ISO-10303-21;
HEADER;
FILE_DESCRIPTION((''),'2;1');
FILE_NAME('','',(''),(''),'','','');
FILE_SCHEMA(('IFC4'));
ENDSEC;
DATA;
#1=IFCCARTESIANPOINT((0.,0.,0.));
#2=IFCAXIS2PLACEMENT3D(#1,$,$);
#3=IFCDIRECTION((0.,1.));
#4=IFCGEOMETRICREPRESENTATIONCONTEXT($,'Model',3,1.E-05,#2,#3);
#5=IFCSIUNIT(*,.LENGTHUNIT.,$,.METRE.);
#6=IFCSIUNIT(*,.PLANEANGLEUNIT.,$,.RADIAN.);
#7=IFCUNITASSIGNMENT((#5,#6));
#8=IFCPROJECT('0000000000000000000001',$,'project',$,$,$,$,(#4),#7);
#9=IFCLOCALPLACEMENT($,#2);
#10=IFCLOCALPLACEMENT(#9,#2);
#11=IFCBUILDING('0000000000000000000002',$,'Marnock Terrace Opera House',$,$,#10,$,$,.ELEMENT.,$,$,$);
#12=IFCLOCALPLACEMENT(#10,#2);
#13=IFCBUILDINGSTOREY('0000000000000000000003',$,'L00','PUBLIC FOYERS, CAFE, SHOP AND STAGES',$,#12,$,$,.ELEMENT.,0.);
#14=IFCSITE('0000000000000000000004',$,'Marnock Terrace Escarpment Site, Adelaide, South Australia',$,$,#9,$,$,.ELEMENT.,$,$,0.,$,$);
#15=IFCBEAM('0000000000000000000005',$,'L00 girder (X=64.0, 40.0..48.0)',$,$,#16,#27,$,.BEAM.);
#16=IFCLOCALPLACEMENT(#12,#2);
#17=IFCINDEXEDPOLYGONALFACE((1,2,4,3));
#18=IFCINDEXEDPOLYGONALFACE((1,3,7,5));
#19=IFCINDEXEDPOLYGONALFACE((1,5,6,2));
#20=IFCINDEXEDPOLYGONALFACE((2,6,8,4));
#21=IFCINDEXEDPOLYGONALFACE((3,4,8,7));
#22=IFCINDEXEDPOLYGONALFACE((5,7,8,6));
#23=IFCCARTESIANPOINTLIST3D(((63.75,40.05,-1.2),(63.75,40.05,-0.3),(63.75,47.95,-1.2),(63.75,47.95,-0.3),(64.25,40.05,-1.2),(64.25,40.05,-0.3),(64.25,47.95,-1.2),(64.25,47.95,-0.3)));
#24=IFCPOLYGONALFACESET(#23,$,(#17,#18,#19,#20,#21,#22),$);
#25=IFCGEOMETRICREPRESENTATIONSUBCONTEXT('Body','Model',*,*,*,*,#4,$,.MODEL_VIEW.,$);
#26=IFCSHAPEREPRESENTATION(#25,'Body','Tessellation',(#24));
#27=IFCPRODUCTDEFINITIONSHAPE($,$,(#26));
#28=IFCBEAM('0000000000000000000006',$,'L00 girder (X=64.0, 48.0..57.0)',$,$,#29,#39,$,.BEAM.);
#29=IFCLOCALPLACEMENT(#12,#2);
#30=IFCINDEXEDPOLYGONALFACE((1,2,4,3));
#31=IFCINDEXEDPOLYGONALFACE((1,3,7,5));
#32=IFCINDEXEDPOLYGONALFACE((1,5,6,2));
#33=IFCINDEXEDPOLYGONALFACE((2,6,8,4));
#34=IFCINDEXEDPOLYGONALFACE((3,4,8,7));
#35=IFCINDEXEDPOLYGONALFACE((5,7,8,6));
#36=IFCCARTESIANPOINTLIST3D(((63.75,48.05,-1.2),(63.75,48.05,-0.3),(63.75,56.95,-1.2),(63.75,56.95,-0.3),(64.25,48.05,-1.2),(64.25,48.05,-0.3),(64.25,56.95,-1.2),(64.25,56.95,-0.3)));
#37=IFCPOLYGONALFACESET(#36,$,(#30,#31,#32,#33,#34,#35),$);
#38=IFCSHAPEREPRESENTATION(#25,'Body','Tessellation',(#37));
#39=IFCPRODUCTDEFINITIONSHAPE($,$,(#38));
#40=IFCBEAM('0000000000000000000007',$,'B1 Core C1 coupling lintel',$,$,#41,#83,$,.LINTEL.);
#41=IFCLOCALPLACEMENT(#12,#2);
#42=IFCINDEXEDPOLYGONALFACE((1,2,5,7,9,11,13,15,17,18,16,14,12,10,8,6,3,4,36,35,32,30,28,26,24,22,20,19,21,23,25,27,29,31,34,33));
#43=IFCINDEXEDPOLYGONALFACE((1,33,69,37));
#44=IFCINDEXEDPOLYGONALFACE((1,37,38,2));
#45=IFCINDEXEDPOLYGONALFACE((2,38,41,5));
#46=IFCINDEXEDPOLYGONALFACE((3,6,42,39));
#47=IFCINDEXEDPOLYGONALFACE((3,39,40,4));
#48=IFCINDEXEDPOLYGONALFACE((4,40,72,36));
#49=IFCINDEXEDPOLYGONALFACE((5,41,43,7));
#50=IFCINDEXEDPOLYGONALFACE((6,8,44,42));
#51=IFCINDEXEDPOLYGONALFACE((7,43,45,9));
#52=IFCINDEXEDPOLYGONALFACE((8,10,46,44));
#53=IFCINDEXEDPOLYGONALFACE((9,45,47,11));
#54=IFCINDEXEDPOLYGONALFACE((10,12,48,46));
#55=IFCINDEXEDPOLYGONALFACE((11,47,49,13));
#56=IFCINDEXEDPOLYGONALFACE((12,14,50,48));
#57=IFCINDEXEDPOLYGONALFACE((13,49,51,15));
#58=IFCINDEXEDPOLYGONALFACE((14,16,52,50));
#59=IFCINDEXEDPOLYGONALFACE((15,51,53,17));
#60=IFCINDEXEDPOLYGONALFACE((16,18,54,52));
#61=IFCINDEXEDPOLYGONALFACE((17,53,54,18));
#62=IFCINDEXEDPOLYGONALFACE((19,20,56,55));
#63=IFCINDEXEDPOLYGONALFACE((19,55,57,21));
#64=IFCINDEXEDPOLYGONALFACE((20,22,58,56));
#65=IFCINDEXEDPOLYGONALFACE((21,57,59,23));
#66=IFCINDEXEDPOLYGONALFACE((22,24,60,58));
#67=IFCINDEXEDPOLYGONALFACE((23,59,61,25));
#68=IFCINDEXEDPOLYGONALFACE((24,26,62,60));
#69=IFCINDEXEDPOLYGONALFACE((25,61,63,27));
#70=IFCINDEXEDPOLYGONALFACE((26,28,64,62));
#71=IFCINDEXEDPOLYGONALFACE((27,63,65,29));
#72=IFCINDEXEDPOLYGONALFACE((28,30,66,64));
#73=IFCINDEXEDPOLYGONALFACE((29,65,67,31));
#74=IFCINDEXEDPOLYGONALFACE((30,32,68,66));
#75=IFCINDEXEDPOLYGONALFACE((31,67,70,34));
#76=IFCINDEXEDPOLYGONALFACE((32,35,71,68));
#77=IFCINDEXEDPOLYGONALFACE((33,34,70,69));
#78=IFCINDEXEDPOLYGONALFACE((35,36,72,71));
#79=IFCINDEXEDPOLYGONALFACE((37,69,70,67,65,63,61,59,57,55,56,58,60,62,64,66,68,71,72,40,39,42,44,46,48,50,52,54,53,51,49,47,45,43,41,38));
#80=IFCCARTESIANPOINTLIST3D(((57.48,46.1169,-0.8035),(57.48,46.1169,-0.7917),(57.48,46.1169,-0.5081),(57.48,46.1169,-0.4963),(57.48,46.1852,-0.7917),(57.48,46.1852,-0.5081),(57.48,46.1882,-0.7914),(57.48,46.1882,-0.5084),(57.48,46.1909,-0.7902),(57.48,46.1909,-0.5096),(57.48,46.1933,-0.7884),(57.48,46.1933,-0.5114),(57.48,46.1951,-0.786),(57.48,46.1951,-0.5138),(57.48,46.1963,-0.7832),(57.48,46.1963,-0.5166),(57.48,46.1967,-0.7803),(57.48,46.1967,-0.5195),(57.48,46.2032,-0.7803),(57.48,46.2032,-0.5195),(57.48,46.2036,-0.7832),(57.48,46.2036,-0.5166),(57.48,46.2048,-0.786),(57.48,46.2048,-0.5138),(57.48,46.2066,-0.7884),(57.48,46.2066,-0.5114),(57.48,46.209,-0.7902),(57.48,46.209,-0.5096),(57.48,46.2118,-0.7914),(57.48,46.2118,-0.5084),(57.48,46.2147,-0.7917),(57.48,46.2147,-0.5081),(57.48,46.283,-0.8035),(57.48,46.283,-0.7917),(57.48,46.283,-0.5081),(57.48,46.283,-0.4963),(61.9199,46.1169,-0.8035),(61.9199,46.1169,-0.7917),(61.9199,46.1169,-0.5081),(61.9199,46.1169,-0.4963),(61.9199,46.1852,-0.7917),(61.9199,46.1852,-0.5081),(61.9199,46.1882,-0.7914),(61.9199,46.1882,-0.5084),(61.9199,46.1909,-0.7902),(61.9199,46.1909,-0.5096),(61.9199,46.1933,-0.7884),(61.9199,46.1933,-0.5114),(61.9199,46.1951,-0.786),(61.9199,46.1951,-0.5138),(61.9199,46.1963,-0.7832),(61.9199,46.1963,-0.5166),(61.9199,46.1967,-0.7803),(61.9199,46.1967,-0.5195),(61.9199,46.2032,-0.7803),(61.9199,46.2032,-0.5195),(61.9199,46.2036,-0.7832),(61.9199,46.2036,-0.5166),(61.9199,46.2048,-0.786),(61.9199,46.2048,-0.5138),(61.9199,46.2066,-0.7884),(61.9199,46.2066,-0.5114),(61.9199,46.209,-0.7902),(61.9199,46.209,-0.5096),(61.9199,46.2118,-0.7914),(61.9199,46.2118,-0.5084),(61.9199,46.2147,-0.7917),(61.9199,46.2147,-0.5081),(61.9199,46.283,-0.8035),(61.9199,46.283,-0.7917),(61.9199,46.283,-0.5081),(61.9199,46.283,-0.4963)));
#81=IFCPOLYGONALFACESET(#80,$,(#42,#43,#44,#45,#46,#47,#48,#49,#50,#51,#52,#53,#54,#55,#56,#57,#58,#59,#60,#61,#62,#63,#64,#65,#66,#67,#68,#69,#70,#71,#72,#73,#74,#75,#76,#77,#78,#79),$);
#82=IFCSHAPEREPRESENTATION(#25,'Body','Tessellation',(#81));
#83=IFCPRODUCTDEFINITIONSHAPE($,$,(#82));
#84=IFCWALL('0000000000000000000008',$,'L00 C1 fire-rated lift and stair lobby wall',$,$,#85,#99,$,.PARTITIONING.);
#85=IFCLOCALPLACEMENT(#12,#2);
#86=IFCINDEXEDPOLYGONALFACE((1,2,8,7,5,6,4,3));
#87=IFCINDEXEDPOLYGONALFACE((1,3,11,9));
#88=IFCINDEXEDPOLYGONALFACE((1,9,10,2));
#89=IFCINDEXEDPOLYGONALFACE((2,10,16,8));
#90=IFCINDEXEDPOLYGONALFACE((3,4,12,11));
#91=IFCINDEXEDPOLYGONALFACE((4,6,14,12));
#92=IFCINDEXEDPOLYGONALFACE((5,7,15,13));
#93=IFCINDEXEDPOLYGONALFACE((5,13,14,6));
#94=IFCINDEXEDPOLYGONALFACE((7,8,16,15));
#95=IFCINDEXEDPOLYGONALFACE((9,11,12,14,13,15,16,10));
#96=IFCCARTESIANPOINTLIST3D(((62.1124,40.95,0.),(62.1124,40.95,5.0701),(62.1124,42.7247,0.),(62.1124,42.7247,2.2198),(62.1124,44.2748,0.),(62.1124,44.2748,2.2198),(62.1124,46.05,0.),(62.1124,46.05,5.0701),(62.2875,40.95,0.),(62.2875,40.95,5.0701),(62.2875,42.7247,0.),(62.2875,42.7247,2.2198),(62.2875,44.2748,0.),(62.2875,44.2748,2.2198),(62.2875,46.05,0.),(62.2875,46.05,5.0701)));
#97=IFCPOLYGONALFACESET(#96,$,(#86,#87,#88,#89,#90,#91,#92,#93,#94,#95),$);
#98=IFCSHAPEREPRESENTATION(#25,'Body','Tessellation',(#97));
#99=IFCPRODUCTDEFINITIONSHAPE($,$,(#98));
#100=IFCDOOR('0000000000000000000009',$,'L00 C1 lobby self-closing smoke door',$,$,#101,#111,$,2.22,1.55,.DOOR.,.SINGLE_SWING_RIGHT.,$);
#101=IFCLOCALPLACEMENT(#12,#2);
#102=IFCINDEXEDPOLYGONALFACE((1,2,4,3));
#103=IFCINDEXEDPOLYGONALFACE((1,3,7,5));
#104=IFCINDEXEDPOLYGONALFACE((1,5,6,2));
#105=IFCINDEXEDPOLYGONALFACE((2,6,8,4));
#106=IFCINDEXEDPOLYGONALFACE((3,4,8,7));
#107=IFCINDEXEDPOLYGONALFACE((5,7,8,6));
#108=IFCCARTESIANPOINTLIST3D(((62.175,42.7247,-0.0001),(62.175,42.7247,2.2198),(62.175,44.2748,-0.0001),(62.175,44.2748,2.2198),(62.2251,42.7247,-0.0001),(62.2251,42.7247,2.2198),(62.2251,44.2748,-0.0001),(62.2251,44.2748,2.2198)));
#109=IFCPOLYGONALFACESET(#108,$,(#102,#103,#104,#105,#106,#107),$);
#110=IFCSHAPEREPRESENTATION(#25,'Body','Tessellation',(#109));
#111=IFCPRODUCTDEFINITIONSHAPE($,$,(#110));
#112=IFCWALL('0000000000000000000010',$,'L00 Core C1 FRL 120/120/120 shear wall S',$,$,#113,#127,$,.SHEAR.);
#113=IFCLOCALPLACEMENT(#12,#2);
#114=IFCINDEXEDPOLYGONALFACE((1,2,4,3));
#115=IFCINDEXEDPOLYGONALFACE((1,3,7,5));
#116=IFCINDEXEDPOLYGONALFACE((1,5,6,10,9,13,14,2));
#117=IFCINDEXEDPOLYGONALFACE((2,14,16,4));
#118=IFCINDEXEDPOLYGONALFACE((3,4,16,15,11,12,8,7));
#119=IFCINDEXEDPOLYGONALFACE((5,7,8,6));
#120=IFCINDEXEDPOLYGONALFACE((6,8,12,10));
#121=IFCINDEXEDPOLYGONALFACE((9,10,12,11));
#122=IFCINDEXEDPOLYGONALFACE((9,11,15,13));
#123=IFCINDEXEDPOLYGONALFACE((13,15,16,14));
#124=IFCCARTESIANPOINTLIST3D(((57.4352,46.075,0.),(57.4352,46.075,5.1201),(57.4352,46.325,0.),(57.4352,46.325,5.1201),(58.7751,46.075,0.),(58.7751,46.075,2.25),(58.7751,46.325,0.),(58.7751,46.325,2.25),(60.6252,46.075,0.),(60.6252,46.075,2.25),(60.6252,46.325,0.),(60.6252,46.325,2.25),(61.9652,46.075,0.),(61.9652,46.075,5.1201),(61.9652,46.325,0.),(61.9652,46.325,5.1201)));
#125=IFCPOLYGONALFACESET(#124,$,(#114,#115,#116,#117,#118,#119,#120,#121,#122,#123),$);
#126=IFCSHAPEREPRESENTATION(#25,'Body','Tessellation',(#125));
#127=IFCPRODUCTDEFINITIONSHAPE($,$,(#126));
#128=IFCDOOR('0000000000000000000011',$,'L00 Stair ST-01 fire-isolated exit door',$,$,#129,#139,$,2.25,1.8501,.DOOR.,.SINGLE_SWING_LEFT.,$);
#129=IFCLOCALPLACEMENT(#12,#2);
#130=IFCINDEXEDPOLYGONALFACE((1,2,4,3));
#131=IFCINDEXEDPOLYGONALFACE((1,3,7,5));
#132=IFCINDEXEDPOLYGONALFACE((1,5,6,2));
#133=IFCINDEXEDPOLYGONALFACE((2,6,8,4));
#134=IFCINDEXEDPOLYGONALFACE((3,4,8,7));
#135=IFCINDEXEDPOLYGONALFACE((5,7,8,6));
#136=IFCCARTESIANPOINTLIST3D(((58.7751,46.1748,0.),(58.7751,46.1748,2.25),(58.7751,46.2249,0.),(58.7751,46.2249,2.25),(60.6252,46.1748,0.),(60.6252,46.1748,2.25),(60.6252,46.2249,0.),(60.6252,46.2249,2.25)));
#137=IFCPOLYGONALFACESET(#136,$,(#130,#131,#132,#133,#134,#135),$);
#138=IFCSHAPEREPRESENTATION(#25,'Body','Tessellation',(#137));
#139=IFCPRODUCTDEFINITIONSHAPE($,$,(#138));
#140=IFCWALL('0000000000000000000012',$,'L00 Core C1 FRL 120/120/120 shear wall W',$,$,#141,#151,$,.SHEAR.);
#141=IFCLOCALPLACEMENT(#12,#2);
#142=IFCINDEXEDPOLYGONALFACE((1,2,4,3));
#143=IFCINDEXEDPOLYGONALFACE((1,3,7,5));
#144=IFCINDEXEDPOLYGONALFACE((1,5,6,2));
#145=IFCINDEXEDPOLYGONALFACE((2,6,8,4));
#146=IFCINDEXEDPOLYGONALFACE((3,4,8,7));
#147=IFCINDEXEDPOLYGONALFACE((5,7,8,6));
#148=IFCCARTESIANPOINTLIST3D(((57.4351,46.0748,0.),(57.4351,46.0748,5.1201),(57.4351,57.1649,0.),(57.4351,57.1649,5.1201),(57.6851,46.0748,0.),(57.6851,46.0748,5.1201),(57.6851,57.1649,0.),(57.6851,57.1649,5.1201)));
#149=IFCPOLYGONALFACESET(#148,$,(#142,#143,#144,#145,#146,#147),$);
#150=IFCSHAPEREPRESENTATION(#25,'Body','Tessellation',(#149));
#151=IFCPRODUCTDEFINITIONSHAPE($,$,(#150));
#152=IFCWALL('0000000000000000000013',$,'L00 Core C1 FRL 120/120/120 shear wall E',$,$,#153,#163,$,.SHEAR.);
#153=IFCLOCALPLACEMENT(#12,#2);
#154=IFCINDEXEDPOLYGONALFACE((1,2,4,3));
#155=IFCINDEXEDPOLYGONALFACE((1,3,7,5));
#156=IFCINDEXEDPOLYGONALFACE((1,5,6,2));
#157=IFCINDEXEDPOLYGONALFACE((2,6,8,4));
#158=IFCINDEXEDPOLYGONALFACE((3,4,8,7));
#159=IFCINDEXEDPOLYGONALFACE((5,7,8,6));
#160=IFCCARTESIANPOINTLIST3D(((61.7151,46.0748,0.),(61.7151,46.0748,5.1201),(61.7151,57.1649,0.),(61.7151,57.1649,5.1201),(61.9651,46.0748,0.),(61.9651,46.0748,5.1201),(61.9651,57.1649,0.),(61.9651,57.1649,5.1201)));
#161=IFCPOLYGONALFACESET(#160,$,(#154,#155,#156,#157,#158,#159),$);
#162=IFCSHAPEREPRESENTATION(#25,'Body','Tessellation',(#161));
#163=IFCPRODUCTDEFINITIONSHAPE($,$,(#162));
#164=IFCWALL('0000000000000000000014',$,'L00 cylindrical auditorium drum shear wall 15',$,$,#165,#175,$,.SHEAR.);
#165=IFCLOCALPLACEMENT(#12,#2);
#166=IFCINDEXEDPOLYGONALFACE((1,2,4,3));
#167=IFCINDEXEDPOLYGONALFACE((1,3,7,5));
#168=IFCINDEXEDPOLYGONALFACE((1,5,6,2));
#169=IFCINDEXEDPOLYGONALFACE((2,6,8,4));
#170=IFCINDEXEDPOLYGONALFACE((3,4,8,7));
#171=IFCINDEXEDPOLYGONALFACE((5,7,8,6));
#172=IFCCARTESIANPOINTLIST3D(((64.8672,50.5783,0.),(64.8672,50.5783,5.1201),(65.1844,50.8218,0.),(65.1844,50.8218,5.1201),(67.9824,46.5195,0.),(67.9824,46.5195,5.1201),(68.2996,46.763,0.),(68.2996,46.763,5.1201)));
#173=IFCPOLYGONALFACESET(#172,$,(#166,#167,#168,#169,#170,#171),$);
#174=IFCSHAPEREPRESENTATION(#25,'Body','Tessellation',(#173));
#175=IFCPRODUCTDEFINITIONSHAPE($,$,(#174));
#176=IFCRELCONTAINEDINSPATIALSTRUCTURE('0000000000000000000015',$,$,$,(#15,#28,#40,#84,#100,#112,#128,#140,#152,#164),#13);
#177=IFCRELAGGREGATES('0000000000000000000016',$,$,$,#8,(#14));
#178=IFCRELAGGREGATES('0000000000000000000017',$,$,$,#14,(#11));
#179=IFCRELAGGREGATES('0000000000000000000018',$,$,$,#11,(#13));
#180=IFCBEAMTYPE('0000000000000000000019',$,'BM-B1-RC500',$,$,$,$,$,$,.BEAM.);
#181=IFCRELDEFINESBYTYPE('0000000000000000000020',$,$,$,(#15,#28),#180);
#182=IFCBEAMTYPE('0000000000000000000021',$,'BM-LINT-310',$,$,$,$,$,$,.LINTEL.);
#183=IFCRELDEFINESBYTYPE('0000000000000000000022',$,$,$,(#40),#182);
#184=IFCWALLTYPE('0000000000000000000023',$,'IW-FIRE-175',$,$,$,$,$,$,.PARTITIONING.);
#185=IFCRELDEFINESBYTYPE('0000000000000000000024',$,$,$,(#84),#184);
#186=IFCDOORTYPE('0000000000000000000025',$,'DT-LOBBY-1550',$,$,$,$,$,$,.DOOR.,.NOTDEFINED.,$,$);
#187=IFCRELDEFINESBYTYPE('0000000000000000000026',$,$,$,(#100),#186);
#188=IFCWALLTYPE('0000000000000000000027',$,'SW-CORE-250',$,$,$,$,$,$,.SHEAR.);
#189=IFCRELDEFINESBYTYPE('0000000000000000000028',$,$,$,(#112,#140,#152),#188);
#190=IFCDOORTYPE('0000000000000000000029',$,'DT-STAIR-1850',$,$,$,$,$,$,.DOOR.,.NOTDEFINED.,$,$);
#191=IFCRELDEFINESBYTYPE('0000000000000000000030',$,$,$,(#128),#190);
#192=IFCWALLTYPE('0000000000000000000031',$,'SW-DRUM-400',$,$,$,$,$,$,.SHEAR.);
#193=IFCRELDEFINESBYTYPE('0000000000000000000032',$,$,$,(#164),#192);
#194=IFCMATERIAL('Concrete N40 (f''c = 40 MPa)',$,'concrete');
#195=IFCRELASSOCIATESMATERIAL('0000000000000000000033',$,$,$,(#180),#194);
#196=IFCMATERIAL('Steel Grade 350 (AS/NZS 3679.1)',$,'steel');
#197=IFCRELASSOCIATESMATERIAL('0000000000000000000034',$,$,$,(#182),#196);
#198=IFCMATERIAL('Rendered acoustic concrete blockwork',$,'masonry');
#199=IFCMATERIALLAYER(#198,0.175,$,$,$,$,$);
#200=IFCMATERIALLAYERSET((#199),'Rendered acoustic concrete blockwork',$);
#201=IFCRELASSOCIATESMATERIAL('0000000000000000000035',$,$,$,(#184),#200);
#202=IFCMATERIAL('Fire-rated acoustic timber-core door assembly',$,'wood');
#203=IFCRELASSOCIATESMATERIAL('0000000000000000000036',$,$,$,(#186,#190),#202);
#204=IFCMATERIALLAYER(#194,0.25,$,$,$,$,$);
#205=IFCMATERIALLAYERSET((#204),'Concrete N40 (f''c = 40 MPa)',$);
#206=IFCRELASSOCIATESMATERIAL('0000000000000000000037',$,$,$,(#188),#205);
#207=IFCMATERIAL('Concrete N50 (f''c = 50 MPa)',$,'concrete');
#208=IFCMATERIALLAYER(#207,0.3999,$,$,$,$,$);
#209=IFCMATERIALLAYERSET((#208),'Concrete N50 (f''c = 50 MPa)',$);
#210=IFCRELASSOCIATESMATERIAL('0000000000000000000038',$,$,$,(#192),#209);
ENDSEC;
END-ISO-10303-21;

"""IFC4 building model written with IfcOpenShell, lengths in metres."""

from ifc_helpers import new_model, si_unit, direction, frame, frame_2d, origin, origin_2d, place, context, subcontext, project, spatial, rectangle, i_section, extrude, material, layer, layer_set, material_profile, profile_set, type_object, element, fill, save


model = new_model("IFC4")

# Units and contexts
model_context = context("Model", 3, precision=1e-05, world=origin(), true_north=direction((0.0, 1.0)))
body_context = subcontext(model_context, "Body", "Model", "MODEL_VIEW")
ifc_project = project(units=[si_unit("LENGTHUNIT", "METRE"), si_unit("PLANEANGLEUNIT", "RADIAN")], contexts=[model_context])

# Site, building, storey
site_placement = place(None, origin())
site = spatial("IfcSite", under=ifc_project, at=site_placement, Name="Marnock Terrace Escarpment Site, Adelaide, South Australia", CompositionType="ELEMENT", RefElevation=0.0)
building_placement = place(site_placement, origin())
building = spatial("IfcBuilding", under=site, at=building_placement, Name="Marnock Terrace Opera House", CompositionType="ELEMENT")
storey_placement = place(building_placement, origin())
storey = spatial("IfcBuildingStorey", under=building, at=storey_placement, Name="L00", Description="PUBLIC FOYERS, CAFE, SHOP AND STAGES", CompositionType="ELEMENT", Elevation=0.0)

# Shared definitions
ifc_material_1 = material(Name="Concrete N50 (f'c = 50 MPa)", Category="concrete")
ifc_material_2 = material(Name="Steel Grade 350 (AS/NZS 3679.1)", Category="steel")

# Beams
ifc_material_3 = material(Name="Concrete N40 (f'c = 40 MPa)", Category="concrete")
ifc_material_profile_1 = material_profile(ifc_material_3, rectangle(XDim=0.5, YDim=0.8999, at=origin_2d()))
ifc_profile_set_1 = profile_set([ifc_material_profile_1], Name="Concrete N40 (f'c = 40 MPa)")
beam_type_1 = type_object("IfcBeamType", Name="BM-B1-RC500", PredefinedType="BEAM", material=ifc_profile_set_1)
beam_1_placement = place(storey_placement, frame((64.0, 40.05, -0.75), z_axis=(0.0, 1.0, 0.0), x_axis=(-1.0, 0.0, 0.0)))
element("IfcBeam", 1, at=beam_1_placement, inside=storey, type_object=beam_type_1, Name="L00 girder (X=64.0, 40.0..48.0)", PredefinedType="BEAM", context=body_context, shape_type="SweptSolid", body=[
    extrude(rectangle(XDim=0.5, YDim=0.8999, at=origin_2d()), origin(), (0.0, 0.0, 1.0), 7.8999),
])
beam_2_placement = place(storey_placement, frame((64.0, 48.05, -0.75), z_axis=(0.0, 1.0, 0.0), x_axis=(-1.0, 0.0, 0.0)))
element("IfcBeam", 2, at=beam_2_placement, inside=storey, type_object=beam_type_1, Name="L00 girder (X=64.0, 48.0..57.0)", PredefinedType="BEAM", context=body_context, shape_type="SweptSolid", body=[
    extrude(rectangle(XDim=0.5, YDim=0.8999, at=origin_2d()), origin(), (0.0, 0.0, 1.0), 8.8999),
])
ifc_material_profile_2 = material_profile(ifc_material_2, i_section(OverallWidth=0.166, OverallDepth=0.3071, WebThickness=0.0066, FlangeThickness=0.0117, FilletRadius=0.0115, at=origin_2d()))
ifc_profile_set_2 = profile_set([ifc_material_profile_2], Name="Steel Grade 350 (AS/NZS 3679.1)")
beam_type_2 = type_object("IfcBeamType", Name="BM-LINT-310", PredefinedType="LINTEL", material=ifc_profile_set_2)
beam_3_placement = place(storey_placement, frame((57.48, 46.2, -0.6499), z_axis=(1.0, 0.0, 0.0), x_axis=(0.0, 1.0, 0.0)))
element("IfcBeam", 3, at=beam_3_placement, inside=storey, type_object=beam_type_2, Name="B1 Core C1 coupling lintel", PredefinedType="LINTEL", context=body_context, shape_type="SweptSolid", body=[
    extrude(i_section(OverallWidth=0.166, OverallDepth=0.3071, WebThickness=0.0066, FlangeThickness=0.0117, FilletRadius=0.0115, at=origin_2d()), origin(), (0.0, 0.0, 1.0), 4.4399),
])

# Walls, openings, doors
ifc_material_4 = material(Name="Rendered acoustic concrete blockwork", Category="masonry")
ifc_layer_1 = layer(ifc_material_4, 0.175)
ifc_layer_set_1 = layer_set([ifc_layer_1], Name="Rendered acoustic concrete blockwork")
wall_type_1 = type_object("IfcWallType", Name="IW-FIRE-175", PredefinedType="PARTITIONING", material=ifc_layer_set_1)
wall_1_placement = place(storey_placement, frame((62.2, 40.95, 0.0), z_axis=(0.0, 0.0, 1.0), x_axis=(0.0, 1.0, 0.0)))
wall_1 = element("IfcWall", 4, at=wall_1_placement, inside=storey, type_object=wall_type_1, Name="L00 C1 fire-rated lift and stair lobby wall", PredefinedType="PARTITIONING", context=body_context, shape_type="SweptSolid", body=[
    extrude(rectangle(XDim=5.1001, YDim=0.175, at=frame_2d((2.55, 0.0))), origin(), (0.0, 0.0, 1.0), 5.0701),
])
opening_1_placement = place(wall_1_placement, frame((1.7749, 0.0, 0.0)))
opening_1 = element("IfcOpeningElement", 5, at=opening_1_placement, cuts=wall_1, PredefinedType="OPENING", context=body_context, shape_type="SweptSolid", body=[
    extrude(rectangle(XDim=1.55, YDim=2.22, at=frame_2d((0.7749, 1.1099))), frame((0.0, 0.0974, 0.0), z_axis=(0.0, -1.0, 0.0), x_axis=(1.0, 0.0, 0.0)), (0.0, 0.0, 1.0), 0.1951),
])
ifc_material_5 = material(Name="Fire-rated acoustic timber-core door assembly", Category="wood")
door_type_1 = type_object("IfcDoorType", Name="DT-LOBBY-1550", OperationType="NOTDEFINED", PredefinedType="DOOR", material=ifc_material_5)
door_1_placement = place(opening_1_placement, origin())
door_1 = element("IfcDoor", 6, at=door_1_placement, inside=storey, type_object=door_type_1, Name="L00 C1 lobby self-closing smoke door", OperationType="SINGLE_SWING_RIGHT", OverallHeight=2.22, OverallWidth=1.55, PredefinedType="DOOR", context=body_context, shape_type="SweptSolid", body=[
    extrude(rectangle(XDim=1.55, YDim=2.22, at=frame_2d((0.7749, 1.1099))), frame((0.0, 0.0249, 0.0), z_axis=(0.0, -1.0, 0.0), x_axis=(1.0, 0.0, 0.0)), (0.0, 0.0, 1.0), 0.05),
])
fill(opening_1, door_1)
ifc_layer_2 = layer(ifc_material_3, 0.25)
ifc_layer_set_2 = layer_set([ifc_layer_2], Name="Concrete N40 (f'c = 40 MPa)")
wall_type_2 = type_object("IfcWallType", Name="SW-CORE-250", PredefinedType="SHEAR", material=ifc_layer_set_2)
wall_2_placement = place(storey_placement, frame((57.4351, 46.2, 0.0), z_axis=(0.0, 0.0, 1.0), x_axis=(1.0, 0.0, 0.0)))
wall_2 = element("IfcWall", 7, at=wall_2_placement, inside=storey, type_object=wall_type_2, Name="L00 Core C1 FRL 120/120/120 shear wall S", PredefinedType="SHEAR", context=body_context, shape_type="SweptSolid", body=[
    extrude(rectangle(XDim=4.53, YDim=0.25, at=frame_2d((2.2651, 0.0))), origin(), (0.0, 0.0, 1.0), 5.1201),
])
opening_2_placement = place(wall_2_placement, frame((1.3401, 0.0, 0.0)))
opening_2 = element("IfcOpeningElement", 8, at=opening_2_placement, cuts=wall_2, PredefinedType="OPENING", context=body_context, shape_type="SweptSolid", body=[
    extrude(rectangle(XDim=1.8501, YDim=2.25, at=frame_2d((0.925, 1.125))), frame((0.0, 0.135, 0.0), z_axis=(0.0, -1.0, 0.0), x_axis=(1.0, 0.0, 0.0)), (0.0, 0.0, 1.0), 0.27),
])
door_type_2 = type_object("IfcDoorType", Name="DT-STAIR-1850", OperationType="NOTDEFINED", PredefinedType="DOOR", material=ifc_material_5)
door_2_placement = place(opening_2_placement, origin())
door_2 = element("IfcDoor", 9, at=door_2_placement, inside=storey, type_object=door_type_2, Name="L00 Stair ST-01 fire-isolated exit door", OperationType="SINGLE_SWING_LEFT", OverallHeight=2.25, OverallWidth=1.8501, PredefinedType="DOOR", context=body_context, shape_type="SweptSolid", body=[
    extrude(rectangle(XDim=1.8501, YDim=2.25, at=frame_2d((0.925, 1.125))), frame((0.0, 0.0249, 0.0), z_axis=(0.0, -1.0, 0.0), x_axis=(1.0, 0.0, 0.0)), (0.0, 0.0, 1.0), 0.05),
])
fill(opening_2, door_2)

# Walls
for number, where, z_axis, x_axis, name in (
    (10, (57.5601, 46.075, 0.0), (0.0, 0.0, 1.0), (0.0, 1.0, 0.0), "L00 Core C1 FRL 120/120/120 shear wall W"),
    (11, (61.8401, 46.075, 0.0), (0.0, 0.0, 1.0), (0.0, 1.0, 0.0), "L00 Core C1 FRL 120/120/120 shear wall E"),
):
    element("IfcWall", number, at=place(storey_placement, frame(where, z_axis=z_axis, x_axis=x_axis)), inside=storey, type_object=wall_type_2, Name=name, PredefinedType="SHEAR", context=body_context, shape_type="SweptSolid", body=[
        extrude(rectangle(XDim=11.0901, YDim=0.25, at=frame_2d((5.5449, 0.0))), origin(), (0.0, 0.0, 1.0), 5.1201),
    ])
ifc_layer_3 = layer(ifc_material_1, 0.3999)
ifc_layer_set_3 = layer_set([ifc_layer_3], Name="Concrete N50 (f'c = 50 MPa)")
wall_type_3 = type_object("IfcWallType", Name="SW-DRUM-400", PredefinedType="SHEAR", material=ifc_layer_set_3)
for number, where, z_axis, x_axis, name in (
    (12, (65.0259, 50.7, 0.0), (0.0, 0.0, 1.0), (0.608857, -0.79328, 0.0), "L00 cylindrical auditorium drum shear wall 15"),
):
    element("IfcWall", number, at=place(storey_placement, frame(where, z_axis=z_axis, x_axis=x_axis)), inside=storey, type_object=wall_type_3, Name=name, PredefinedType="SHEAR", context=body_context, shape_type="SweptSolid", body=[
        extrude(rectangle(XDim=5.1165, YDim=0.3999, at=frame_2d((2.5581, 0.0))), origin(), (0.0, 0.0, 1.0), 5.1201),
    ])

save(model, "model.ifc")
